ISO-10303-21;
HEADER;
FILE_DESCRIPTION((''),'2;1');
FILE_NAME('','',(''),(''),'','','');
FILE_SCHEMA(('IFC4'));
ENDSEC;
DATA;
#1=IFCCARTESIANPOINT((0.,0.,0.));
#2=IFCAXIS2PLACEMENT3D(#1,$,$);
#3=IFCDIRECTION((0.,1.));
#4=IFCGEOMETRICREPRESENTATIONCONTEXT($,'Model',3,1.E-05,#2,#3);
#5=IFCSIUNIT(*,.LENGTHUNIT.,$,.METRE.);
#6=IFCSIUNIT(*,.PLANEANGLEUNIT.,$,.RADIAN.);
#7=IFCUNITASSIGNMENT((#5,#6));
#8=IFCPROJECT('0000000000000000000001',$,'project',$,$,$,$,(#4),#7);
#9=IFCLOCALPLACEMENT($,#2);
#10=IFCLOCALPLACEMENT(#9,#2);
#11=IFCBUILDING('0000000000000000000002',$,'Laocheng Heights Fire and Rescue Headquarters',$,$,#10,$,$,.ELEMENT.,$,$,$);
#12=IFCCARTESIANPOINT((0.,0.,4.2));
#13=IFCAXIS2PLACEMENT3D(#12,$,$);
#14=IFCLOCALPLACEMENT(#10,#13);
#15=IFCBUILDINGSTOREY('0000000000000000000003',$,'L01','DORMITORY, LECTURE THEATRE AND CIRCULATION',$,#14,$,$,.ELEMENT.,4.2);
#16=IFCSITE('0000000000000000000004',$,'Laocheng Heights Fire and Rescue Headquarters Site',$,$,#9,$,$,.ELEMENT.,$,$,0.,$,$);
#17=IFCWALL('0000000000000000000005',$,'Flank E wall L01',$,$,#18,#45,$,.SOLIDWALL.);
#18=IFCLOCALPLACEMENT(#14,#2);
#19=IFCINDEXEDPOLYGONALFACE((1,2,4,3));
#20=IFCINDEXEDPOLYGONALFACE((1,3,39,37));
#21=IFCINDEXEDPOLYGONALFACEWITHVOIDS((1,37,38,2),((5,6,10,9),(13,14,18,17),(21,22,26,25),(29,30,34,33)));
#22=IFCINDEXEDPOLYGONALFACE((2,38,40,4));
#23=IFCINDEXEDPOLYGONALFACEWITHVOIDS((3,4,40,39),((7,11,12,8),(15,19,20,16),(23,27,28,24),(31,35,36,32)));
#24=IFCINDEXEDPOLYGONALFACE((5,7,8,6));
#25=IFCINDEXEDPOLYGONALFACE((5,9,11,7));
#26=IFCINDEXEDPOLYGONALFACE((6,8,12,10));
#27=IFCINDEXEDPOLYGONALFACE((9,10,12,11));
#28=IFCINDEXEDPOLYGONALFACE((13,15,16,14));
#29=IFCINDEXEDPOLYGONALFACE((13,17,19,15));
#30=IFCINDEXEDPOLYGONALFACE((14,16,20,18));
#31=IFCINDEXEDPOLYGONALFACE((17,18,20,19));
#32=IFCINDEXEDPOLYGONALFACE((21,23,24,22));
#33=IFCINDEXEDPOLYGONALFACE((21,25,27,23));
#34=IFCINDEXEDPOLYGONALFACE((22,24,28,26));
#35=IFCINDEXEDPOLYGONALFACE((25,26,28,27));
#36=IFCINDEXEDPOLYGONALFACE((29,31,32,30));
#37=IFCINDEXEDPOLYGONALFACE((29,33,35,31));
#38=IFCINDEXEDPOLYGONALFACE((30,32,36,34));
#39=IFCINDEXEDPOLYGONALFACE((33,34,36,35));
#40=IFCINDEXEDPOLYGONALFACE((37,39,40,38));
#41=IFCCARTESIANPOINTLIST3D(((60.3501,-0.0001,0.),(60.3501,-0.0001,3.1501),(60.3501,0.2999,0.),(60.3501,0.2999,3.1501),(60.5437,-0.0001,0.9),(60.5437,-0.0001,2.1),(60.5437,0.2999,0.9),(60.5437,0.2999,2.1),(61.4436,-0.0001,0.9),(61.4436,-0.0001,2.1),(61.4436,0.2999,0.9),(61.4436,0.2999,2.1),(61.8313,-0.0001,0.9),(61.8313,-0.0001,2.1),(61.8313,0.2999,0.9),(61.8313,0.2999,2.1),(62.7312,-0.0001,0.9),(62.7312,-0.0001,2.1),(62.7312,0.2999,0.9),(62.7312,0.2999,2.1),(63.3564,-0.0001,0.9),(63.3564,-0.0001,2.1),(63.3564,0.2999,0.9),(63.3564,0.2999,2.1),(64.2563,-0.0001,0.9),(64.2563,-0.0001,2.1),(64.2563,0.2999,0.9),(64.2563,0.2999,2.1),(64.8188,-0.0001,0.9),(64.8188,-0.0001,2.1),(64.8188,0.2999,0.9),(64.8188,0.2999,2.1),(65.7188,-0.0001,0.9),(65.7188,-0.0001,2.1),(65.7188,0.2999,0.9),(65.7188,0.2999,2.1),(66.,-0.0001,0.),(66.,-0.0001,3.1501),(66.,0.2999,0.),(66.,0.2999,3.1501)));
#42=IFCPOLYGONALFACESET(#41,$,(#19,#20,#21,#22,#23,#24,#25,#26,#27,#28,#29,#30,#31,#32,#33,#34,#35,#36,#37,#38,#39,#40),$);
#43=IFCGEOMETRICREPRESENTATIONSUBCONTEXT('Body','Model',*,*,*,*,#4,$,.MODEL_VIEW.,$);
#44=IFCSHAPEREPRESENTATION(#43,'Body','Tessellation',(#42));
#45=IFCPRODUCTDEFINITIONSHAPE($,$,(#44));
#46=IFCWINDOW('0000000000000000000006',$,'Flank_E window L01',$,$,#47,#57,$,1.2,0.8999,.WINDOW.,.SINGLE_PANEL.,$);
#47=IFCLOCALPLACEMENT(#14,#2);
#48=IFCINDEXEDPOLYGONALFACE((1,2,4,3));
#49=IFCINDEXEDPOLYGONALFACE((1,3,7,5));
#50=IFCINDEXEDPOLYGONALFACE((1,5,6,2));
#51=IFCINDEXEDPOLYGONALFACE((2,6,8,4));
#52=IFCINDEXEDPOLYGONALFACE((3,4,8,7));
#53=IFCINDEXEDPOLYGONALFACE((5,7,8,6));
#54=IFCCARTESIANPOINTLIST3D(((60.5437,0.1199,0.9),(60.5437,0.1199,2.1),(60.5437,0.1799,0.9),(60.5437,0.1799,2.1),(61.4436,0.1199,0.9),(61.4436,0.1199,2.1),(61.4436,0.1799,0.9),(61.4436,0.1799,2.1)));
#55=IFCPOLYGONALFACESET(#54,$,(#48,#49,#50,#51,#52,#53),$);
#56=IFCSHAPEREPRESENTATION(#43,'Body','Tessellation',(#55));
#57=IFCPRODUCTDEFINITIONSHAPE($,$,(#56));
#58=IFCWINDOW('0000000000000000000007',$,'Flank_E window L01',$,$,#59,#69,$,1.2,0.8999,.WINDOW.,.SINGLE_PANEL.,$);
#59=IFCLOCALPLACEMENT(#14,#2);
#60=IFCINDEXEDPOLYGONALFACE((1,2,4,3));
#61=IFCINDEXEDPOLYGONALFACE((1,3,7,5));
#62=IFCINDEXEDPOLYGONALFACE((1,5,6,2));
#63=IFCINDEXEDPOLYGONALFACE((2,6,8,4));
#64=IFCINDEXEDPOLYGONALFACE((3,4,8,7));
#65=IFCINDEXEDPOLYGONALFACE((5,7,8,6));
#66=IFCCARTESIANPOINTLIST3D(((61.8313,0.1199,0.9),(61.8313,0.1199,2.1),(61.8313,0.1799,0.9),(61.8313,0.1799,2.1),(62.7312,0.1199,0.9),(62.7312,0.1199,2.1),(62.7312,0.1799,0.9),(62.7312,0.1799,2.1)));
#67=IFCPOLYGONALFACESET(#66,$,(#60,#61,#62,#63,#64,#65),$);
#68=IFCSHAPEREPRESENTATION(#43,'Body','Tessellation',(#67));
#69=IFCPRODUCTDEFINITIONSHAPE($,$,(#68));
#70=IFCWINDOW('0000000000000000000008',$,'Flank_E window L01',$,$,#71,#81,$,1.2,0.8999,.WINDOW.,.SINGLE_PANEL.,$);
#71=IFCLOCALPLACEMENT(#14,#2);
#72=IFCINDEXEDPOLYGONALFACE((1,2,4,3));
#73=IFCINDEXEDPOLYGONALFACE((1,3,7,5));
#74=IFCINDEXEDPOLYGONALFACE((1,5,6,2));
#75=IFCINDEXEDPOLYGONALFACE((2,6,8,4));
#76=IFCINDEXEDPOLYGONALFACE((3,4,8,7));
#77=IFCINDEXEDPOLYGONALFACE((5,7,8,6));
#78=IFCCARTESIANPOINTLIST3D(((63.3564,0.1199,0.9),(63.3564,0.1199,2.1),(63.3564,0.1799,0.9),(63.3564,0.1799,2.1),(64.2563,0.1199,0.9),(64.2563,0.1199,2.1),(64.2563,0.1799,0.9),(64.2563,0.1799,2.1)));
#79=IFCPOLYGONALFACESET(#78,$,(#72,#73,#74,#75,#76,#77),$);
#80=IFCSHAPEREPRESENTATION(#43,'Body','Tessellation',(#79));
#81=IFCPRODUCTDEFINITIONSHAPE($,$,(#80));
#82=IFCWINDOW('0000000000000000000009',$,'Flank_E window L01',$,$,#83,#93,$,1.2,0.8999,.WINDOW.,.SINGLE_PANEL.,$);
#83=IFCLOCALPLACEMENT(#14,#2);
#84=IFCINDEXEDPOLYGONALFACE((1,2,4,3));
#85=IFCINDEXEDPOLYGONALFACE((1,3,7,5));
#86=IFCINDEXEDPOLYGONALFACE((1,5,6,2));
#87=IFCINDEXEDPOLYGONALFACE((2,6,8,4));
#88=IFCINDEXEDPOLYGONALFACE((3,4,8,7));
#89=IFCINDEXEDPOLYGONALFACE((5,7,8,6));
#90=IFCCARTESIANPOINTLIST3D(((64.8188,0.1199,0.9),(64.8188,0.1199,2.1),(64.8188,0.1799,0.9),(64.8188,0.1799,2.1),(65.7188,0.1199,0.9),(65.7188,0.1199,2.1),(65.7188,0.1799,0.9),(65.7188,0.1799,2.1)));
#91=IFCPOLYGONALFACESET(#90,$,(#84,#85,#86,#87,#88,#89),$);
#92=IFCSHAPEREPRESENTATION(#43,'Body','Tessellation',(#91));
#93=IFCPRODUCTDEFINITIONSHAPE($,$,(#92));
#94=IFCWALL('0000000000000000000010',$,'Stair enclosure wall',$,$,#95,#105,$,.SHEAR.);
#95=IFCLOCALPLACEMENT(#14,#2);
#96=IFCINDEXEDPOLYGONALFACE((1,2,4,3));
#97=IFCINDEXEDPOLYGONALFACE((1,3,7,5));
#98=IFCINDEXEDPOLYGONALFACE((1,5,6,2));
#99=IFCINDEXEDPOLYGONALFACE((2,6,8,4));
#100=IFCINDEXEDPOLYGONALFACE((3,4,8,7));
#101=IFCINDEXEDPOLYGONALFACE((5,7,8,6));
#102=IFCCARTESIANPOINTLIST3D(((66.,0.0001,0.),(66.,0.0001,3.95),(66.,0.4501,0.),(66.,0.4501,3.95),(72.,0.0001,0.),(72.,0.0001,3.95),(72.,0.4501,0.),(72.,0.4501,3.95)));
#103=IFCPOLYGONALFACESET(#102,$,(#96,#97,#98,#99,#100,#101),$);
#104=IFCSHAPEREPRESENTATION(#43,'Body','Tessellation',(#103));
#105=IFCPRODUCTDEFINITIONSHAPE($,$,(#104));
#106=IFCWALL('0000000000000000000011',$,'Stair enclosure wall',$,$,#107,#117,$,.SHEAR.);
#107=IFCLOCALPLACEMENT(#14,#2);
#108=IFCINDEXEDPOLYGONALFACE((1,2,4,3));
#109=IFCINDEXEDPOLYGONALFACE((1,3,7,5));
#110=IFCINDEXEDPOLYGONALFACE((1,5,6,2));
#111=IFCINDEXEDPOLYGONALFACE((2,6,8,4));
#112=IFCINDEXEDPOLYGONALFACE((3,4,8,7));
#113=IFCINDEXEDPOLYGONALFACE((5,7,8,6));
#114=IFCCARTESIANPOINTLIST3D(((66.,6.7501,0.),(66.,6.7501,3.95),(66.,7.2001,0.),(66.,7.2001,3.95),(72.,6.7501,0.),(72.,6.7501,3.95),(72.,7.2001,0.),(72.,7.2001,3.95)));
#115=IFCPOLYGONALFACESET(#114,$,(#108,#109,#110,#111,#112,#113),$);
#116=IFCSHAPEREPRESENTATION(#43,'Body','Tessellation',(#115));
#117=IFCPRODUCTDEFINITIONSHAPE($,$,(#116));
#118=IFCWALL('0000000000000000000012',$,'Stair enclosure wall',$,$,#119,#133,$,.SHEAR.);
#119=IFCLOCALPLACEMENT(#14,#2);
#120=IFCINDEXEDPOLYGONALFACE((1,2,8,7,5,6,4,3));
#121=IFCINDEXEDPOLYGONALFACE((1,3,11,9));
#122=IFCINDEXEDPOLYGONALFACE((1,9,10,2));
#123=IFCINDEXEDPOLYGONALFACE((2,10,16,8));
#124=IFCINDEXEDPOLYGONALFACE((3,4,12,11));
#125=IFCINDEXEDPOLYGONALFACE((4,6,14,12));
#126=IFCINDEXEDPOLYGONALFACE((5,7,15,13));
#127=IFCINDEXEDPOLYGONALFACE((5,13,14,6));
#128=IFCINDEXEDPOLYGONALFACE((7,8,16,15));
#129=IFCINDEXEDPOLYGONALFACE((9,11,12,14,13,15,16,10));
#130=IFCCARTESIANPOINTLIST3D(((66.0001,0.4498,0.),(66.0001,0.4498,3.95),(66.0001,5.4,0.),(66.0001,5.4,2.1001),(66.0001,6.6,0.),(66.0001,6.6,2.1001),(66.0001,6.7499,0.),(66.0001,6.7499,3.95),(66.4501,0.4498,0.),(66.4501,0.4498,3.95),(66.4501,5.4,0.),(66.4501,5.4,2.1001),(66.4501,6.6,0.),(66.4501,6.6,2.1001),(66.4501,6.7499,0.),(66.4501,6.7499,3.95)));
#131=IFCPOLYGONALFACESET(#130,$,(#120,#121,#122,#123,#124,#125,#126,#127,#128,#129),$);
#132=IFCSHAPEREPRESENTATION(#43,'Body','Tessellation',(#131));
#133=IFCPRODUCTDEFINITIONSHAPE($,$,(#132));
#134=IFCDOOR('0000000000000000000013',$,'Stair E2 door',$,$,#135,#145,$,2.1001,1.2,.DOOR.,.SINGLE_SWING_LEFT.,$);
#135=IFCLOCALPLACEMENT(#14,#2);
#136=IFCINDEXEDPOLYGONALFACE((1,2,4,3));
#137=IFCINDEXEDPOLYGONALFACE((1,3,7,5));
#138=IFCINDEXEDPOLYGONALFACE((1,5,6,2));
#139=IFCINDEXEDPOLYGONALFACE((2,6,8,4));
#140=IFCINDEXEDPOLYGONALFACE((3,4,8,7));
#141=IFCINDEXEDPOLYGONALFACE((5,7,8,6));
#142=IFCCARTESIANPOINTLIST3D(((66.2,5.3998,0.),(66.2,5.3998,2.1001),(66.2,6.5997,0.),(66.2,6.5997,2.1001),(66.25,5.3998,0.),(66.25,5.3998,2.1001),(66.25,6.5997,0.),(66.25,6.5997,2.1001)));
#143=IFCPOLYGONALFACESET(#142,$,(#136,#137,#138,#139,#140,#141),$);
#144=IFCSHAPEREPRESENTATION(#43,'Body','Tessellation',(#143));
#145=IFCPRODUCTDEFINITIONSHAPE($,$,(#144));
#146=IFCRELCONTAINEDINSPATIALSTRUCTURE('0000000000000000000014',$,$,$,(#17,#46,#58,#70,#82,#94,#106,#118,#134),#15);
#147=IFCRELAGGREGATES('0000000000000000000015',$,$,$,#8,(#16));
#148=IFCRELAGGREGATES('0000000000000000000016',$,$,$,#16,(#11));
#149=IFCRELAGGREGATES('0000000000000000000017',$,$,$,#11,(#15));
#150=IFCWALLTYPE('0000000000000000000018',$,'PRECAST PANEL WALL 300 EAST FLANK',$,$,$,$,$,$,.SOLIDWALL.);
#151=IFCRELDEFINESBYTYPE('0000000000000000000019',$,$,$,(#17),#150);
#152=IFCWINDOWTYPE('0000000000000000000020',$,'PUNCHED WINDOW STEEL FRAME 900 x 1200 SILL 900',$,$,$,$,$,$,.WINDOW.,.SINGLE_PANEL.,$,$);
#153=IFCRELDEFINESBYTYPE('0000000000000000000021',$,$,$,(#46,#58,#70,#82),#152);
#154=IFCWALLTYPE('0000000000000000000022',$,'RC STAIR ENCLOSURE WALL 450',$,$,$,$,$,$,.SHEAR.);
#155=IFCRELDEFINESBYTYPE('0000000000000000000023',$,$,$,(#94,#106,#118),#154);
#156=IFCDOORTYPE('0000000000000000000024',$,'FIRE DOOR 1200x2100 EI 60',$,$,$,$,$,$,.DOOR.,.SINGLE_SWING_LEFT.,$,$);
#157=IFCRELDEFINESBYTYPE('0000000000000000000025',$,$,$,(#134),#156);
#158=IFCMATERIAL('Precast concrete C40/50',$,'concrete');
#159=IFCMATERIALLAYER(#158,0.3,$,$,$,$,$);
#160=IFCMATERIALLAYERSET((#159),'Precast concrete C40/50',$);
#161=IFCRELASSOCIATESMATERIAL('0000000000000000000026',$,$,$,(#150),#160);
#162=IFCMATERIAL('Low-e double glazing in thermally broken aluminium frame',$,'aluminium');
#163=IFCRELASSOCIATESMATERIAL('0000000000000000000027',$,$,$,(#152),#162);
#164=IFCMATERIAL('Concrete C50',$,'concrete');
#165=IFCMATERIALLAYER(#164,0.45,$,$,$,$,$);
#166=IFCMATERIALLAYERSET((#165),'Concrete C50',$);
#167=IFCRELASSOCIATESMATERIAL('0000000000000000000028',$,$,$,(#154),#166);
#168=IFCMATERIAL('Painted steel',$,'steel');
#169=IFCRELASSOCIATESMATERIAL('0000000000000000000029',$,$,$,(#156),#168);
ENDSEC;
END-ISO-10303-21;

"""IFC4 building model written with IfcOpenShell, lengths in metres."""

from ifc_helpers import new_model, si_unit, direction, frame, frame_2d, origin, place, context, subcontext, project, spatial, rectangle, extrude, material, layer, layer_set, type_object, element, fill, save


model = new_model("IFC4")

# Units and contexts
model_context = context("Model", 3, precision=1e-05, world=origin(), true_north=direction((0.0, 1.0)))
body_context = subcontext(model_context, "Body", "Model", "MODEL_VIEW")
ifc_project = project(units=[si_unit("LENGTHUNIT", "METRE"), si_unit("PLANEANGLEUNIT", "RADIAN")], contexts=[model_context])

# Site, building, storey
site_placement = place(None, origin())
site = spatial("IfcSite", under=ifc_project, at=site_placement, Name="Laocheng Heights Fire and Rescue Headquarters Site", CompositionType="ELEMENT", RefElevation=0.0)
building_placement = place(site_placement, origin())
building = spatial("IfcBuilding", under=site, at=building_placement, Name="Laocheng Heights Fire and Rescue Headquarters", CompositionType="ELEMENT")
storey_placement = place(building_placement, frame((0.0, 0.0, 4.2)))
storey = spatial("IfcBuildingStorey", under=building, at=storey_placement, Name="L01", Description="DORMITORY, LECTURE THEATRE AND CIRCULATION", CompositionType="ELEMENT", Elevation=4.2)

# Wall, openings, windows
ifc_material_1 = material(Name="Precast concrete C40/50", Category="concrete")
ifc_layer_1 = layer(ifc_material_1, 0.3)
ifc_layer_set_1 = layer_set([ifc_layer_1], Name="Precast concrete C40/50")
wall_type_1 = type_object("IfcWallType", Name="PRECAST PANEL WALL 300 EAST FLANK", PredefinedType="SOLIDWALL", material=ifc_layer_set_1)
wall_1_placement = place(storey_placement, frame((60.3501, 0.1499, 0.0), z_axis=(0.0, 0.0, 1.0), x_axis=(1.0, 0.0, 0.0)))
wall_1 = element("IfcWall", 1, at=wall_1_placement, inside=storey, type_object=wall_type_1, Name="Flank E wall L01", PredefinedType="SOLIDWALL", context=body_context, shape_type="SweptSolid", body=[
    extrude(rectangle(XDim=5.6499, YDim=0.3, at=frame_2d((2.825, 0.0))), origin(), (0.0, 0.0, 1.0), 3.1501),
])
opening_1_placement = place(wall_1_placement, frame((0.1936, 0.0, 0.8999)))
opening_1 = element("IfcOpeningElement", 2, at=opening_1_placement, cuts=wall_1, PredefinedType="OPENING", context=body_context, shape_type="SweptSolid", body=[
    extrude(rectangle(XDim=0.8999, YDim=1.2, at=frame_2d((0.45, 0.6001))), frame((0.0, 0.1599, 0.0), z_axis=(0.0, -1.0, 0.0), x_axis=(1.0, 0.0, 0.0)), (0.0, 0.0, 1.0), 0.3201),
])
opening_2_placement = place(wall_1_placement, frame((1.4812, 0.0, 0.8999)))
opening_2 = element("IfcOpeningElement", 3, at=opening_2_placement, cuts=wall_1, PredefinedType="OPENING", context=body_context, shape_type="SweptSolid", body=[
    extrude(rectangle(XDim=0.8999, YDim=1.2, at=frame_2d((0.45, 0.6001))), frame((0.0, 0.1599, 0.0), z_axis=(0.0, -1.0, 0.0), x_axis=(1.0, 0.0, 0.0)), (0.0, 0.0, 1.0), 0.3201),
])
opening_3_placement = place(wall_1_placement, frame((3.0063, 0.0, 0.8999)))
opening_3 = element("IfcOpeningElement", 4, at=opening_3_placement, cuts=wall_1, PredefinedType="OPENING", context=body_context, shape_type="SweptSolid", body=[
    extrude(rectangle(XDim=0.8999, YDim=1.2, at=frame_2d((0.45, 0.6001))), frame((0.0, 0.1599, 0.0), z_axis=(0.0, -1.0, 0.0), x_axis=(1.0, 0.0, 0.0)), (0.0, 0.0, 1.0), 0.3201),
])
opening_4_placement = place(wall_1_placement, frame((4.4688, 0.0, 0.8999)))
opening_4 = element("IfcOpeningElement", 5, at=opening_4_placement, cuts=wall_1, PredefinedType="OPENING", context=body_context, shape_type="SweptSolid", body=[
    extrude(rectangle(XDim=0.8999, YDim=1.2, at=frame_2d((0.45, 0.6001))), frame((0.0, 0.1599, 0.0), z_axis=(0.0, -1.0, 0.0), x_axis=(1.0, 0.0, 0.0)), (0.0, 0.0, 1.0), 0.3201),
])
ifc_material_2 = material(Name="Low-e double glazing in thermally broken aluminium frame", Category="aluminium")
window_type = type_object("IfcWindowType", Name="PUNCHED WINDOW STEEL FRAME 900 x 1200 SILL 900", PartitioningType="SINGLE_PANEL", PredefinedType="WINDOW", material=ifc_material_2)
window_1_placement = place(opening_1_placement, origin())
window_1 = element("IfcWindow", 6, at=window_1_placement, inside=storey, type_object=window_type, Name="Flank_E window L01", OverallHeight=1.2, OverallWidth=0.8999, PartitioningType="SINGLE_PANEL", PredefinedType="WINDOW", context=body_context, shape_type="SweptSolid", body=[
    extrude(rectangle(XDim=0.8999, YDim=1.2, at=frame_2d((0.45, 0.6001))), frame((0.0, 0.03, 0.0), z_axis=(0.0, -1.0, 0.0), x_axis=(1.0, 0.0, 0.0)), (0.0, 0.0, 1.0), 0.0601),
])
fill(opening_1, window_1)
window_2_placement = place(opening_2_placement, origin())
window_2 = element("IfcWindow", 7, at=window_2_placement, inside=storey, type_object=window_type, Name="Flank_E window L01", OverallHeight=1.2, OverallWidth=0.8999, PartitioningType="SINGLE_PANEL", PredefinedType="WINDOW", context=body_context, shape_type="SweptSolid", body=[
    extrude(rectangle(XDim=0.8999, YDim=1.2, at=frame_2d((0.45, 0.6001))), frame((0.0, 0.03, 0.0), z_axis=(0.0, -1.0, 0.0), x_axis=(1.0, 0.0, 0.0)), (0.0, 0.0, 1.0), 0.0601),
])
fill(opening_2, window_2)
window_3_placement = place(opening_3_placement, origin())
window_3 = element("IfcWindow", 8, at=window_3_placement, inside=storey, type_object=window_type, Name="Flank_E window L01", OverallHeight=1.2, OverallWidth=0.8999, PartitioningType="SINGLE_PANEL", PredefinedType="WINDOW", context=body_context, shape_type="SweptSolid", body=[
    extrude(rectangle(XDim=0.8999, YDim=1.2, at=frame_2d((0.45, 0.6001))), frame((0.0, 0.03, 0.0), z_axis=(0.0, -1.0, 0.0), x_axis=(1.0, 0.0, 0.0)), (0.0, 0.0, 1.0), 0.0601),
])
fill(opening_3, window_3)
window_4_placement = place(opening_4_placement, origin())
window_4 = element("IfcWindow", 9, at=window_4_placement, inside=storey, type_object=window_type, Name="Flank_E window L01", OverallHeight=1.2, OverallWidth=0.8999, PartitioningType="SINGLE_PANEL", PredefinedType="WINDOW", context=body_context, shape_type="SweptSolid", body=[
    extrude(rectangle(XDim=0.8999, YDim=1.2, at=frame_2d((0.45, 0.6001))), frame((0.0, 0.03, 0.0), z_axis=(0.0, -1.0, 0.0), x_axis=(1.0, 0.0, 0.0)), (0.0, 0.0, 1.0), 0.0601),
])
fill(opening_4, window_4)

# Walls
ifc_material_3 = material(Name="Concrete C50", Category="concrete")
ifc_layer_2 = layer(ifc_material_3, 0.45)
ifc_layer_set_2 = layer_set([ifc_layer_2], Name="Concrete C50")
wall_type_2 = type_object("IfcWallType", Name="RC STAIR ENCLOSURE WALL 450", PredefinedType="SHEAR", material=ifc_layer_set_2)
for number, where, z_axis, x_axis, name in (
    (10, (66.0, 0.2251, 0.0), (0.0, 0.0, 1.0), (1.0, 0.0, 0.0), "Stair enclosure wall"),
    (11, (66.0, 6.9751, 0.0), (0.0, 0.0, 1.0), (1.0, 0.0, 0.0), "Stair enclosure wall"),
):
    element("IfcWall", number, at=place(storey_placement, frame(where, z_axis=z_axis, x_axis=x_axis)), inside=storey, type_object=wall_type_2, Name=name, PredefinedType="SHEAR", context=body_context, shape_type="SweptSolid", body=[
        extrude(rectangle(XDim=6.0, YDim=0.45, at=frame_2d((3.0, 0.0))), origin(), (0.0, 0.0, 1.0), 3.95),
    ])

# Wall, opening, door
wall_2_placement = place(storey_placement, frame((66.2251, 0.45, 0.0), z_axis=(0.0, 0.0, 1.0), x_axis=(0.0, 1.0, 0.0)))
wall_2 = element("IfcWall", 12, at=wall_2_placement, inside=storey, type_object=wall_type_2, Name="Stair enclosure wall", PredefinedType="SHEAR", context=body_context, shape_type="SweptSolid", body=[
    extrude(rectangle(XDim=6.3, YDim=0.45, at=frame_2d((3.1499, 0.0))), origin(), (0.0, 0.0, 1.0), 3.95),
])
opening_5_placement = place(wall_2_placement, frame((4.95, 0.0, 0.0)))
opening_5 = element("IfcOpeningElement", 13, at=opening_5_placement, cuts=wall_2, PredefinedType="OPENING", context=body_context, shape_type="SweptSolid", body=[
    extrude(rectangle(XDim=1.2, YDim=2.1001, at=frame_2d((0.6001, 1.05))), frame((0.0, 0.2349, 0.0), z_axis=(0.0, -1.0, 0.0), x_axis=(1.0, 0.0, 0.0)), (0.0, 0.0, 1.0), 0.47),
])
ifc_material_4 = material(Name="Painted steel", Category="steel")
door_type_1 = type_object("IfcDoorType", Name="FIRE DOOR 1200x2100 EI 60", OperationType="SINGLE_SWING_LEFT", PredefinedType="DOOR", material=ifc_material_4)
door_1_placement = place(opening_5_placement, frame((1.2, 0.0, 0.0), z_axis=(0.0, 0.0, 1.0), x_axis=(-1.0, 0.0, 0.0)))
door_1 = element("IfcDoor", 14, at=door_1_placement, inside=storey, type_object=door_type_1, Name="Stair E2 door", OperationType="SINGLE_SWING_LEFT", OverallHeight=2.1001, OverallWidth=1.2, PredefinedType="DOOR", context=body_context, shape_type="SweptSolid", body=[
    extrude(rectangle(XDim=1.2, YDim=2.1001, at=frame_2d((0.6001, 1.05))), frame((0.0, 0.0249, 0.0), z_axis=(0.0, -1.0, 0.0), x_axis=(1.0, 0.0, 0.0)), (0.0, 0.0, 1.0), 0.05),
])
fill(opening_5, door_1)

save(model, "model.ifc")
